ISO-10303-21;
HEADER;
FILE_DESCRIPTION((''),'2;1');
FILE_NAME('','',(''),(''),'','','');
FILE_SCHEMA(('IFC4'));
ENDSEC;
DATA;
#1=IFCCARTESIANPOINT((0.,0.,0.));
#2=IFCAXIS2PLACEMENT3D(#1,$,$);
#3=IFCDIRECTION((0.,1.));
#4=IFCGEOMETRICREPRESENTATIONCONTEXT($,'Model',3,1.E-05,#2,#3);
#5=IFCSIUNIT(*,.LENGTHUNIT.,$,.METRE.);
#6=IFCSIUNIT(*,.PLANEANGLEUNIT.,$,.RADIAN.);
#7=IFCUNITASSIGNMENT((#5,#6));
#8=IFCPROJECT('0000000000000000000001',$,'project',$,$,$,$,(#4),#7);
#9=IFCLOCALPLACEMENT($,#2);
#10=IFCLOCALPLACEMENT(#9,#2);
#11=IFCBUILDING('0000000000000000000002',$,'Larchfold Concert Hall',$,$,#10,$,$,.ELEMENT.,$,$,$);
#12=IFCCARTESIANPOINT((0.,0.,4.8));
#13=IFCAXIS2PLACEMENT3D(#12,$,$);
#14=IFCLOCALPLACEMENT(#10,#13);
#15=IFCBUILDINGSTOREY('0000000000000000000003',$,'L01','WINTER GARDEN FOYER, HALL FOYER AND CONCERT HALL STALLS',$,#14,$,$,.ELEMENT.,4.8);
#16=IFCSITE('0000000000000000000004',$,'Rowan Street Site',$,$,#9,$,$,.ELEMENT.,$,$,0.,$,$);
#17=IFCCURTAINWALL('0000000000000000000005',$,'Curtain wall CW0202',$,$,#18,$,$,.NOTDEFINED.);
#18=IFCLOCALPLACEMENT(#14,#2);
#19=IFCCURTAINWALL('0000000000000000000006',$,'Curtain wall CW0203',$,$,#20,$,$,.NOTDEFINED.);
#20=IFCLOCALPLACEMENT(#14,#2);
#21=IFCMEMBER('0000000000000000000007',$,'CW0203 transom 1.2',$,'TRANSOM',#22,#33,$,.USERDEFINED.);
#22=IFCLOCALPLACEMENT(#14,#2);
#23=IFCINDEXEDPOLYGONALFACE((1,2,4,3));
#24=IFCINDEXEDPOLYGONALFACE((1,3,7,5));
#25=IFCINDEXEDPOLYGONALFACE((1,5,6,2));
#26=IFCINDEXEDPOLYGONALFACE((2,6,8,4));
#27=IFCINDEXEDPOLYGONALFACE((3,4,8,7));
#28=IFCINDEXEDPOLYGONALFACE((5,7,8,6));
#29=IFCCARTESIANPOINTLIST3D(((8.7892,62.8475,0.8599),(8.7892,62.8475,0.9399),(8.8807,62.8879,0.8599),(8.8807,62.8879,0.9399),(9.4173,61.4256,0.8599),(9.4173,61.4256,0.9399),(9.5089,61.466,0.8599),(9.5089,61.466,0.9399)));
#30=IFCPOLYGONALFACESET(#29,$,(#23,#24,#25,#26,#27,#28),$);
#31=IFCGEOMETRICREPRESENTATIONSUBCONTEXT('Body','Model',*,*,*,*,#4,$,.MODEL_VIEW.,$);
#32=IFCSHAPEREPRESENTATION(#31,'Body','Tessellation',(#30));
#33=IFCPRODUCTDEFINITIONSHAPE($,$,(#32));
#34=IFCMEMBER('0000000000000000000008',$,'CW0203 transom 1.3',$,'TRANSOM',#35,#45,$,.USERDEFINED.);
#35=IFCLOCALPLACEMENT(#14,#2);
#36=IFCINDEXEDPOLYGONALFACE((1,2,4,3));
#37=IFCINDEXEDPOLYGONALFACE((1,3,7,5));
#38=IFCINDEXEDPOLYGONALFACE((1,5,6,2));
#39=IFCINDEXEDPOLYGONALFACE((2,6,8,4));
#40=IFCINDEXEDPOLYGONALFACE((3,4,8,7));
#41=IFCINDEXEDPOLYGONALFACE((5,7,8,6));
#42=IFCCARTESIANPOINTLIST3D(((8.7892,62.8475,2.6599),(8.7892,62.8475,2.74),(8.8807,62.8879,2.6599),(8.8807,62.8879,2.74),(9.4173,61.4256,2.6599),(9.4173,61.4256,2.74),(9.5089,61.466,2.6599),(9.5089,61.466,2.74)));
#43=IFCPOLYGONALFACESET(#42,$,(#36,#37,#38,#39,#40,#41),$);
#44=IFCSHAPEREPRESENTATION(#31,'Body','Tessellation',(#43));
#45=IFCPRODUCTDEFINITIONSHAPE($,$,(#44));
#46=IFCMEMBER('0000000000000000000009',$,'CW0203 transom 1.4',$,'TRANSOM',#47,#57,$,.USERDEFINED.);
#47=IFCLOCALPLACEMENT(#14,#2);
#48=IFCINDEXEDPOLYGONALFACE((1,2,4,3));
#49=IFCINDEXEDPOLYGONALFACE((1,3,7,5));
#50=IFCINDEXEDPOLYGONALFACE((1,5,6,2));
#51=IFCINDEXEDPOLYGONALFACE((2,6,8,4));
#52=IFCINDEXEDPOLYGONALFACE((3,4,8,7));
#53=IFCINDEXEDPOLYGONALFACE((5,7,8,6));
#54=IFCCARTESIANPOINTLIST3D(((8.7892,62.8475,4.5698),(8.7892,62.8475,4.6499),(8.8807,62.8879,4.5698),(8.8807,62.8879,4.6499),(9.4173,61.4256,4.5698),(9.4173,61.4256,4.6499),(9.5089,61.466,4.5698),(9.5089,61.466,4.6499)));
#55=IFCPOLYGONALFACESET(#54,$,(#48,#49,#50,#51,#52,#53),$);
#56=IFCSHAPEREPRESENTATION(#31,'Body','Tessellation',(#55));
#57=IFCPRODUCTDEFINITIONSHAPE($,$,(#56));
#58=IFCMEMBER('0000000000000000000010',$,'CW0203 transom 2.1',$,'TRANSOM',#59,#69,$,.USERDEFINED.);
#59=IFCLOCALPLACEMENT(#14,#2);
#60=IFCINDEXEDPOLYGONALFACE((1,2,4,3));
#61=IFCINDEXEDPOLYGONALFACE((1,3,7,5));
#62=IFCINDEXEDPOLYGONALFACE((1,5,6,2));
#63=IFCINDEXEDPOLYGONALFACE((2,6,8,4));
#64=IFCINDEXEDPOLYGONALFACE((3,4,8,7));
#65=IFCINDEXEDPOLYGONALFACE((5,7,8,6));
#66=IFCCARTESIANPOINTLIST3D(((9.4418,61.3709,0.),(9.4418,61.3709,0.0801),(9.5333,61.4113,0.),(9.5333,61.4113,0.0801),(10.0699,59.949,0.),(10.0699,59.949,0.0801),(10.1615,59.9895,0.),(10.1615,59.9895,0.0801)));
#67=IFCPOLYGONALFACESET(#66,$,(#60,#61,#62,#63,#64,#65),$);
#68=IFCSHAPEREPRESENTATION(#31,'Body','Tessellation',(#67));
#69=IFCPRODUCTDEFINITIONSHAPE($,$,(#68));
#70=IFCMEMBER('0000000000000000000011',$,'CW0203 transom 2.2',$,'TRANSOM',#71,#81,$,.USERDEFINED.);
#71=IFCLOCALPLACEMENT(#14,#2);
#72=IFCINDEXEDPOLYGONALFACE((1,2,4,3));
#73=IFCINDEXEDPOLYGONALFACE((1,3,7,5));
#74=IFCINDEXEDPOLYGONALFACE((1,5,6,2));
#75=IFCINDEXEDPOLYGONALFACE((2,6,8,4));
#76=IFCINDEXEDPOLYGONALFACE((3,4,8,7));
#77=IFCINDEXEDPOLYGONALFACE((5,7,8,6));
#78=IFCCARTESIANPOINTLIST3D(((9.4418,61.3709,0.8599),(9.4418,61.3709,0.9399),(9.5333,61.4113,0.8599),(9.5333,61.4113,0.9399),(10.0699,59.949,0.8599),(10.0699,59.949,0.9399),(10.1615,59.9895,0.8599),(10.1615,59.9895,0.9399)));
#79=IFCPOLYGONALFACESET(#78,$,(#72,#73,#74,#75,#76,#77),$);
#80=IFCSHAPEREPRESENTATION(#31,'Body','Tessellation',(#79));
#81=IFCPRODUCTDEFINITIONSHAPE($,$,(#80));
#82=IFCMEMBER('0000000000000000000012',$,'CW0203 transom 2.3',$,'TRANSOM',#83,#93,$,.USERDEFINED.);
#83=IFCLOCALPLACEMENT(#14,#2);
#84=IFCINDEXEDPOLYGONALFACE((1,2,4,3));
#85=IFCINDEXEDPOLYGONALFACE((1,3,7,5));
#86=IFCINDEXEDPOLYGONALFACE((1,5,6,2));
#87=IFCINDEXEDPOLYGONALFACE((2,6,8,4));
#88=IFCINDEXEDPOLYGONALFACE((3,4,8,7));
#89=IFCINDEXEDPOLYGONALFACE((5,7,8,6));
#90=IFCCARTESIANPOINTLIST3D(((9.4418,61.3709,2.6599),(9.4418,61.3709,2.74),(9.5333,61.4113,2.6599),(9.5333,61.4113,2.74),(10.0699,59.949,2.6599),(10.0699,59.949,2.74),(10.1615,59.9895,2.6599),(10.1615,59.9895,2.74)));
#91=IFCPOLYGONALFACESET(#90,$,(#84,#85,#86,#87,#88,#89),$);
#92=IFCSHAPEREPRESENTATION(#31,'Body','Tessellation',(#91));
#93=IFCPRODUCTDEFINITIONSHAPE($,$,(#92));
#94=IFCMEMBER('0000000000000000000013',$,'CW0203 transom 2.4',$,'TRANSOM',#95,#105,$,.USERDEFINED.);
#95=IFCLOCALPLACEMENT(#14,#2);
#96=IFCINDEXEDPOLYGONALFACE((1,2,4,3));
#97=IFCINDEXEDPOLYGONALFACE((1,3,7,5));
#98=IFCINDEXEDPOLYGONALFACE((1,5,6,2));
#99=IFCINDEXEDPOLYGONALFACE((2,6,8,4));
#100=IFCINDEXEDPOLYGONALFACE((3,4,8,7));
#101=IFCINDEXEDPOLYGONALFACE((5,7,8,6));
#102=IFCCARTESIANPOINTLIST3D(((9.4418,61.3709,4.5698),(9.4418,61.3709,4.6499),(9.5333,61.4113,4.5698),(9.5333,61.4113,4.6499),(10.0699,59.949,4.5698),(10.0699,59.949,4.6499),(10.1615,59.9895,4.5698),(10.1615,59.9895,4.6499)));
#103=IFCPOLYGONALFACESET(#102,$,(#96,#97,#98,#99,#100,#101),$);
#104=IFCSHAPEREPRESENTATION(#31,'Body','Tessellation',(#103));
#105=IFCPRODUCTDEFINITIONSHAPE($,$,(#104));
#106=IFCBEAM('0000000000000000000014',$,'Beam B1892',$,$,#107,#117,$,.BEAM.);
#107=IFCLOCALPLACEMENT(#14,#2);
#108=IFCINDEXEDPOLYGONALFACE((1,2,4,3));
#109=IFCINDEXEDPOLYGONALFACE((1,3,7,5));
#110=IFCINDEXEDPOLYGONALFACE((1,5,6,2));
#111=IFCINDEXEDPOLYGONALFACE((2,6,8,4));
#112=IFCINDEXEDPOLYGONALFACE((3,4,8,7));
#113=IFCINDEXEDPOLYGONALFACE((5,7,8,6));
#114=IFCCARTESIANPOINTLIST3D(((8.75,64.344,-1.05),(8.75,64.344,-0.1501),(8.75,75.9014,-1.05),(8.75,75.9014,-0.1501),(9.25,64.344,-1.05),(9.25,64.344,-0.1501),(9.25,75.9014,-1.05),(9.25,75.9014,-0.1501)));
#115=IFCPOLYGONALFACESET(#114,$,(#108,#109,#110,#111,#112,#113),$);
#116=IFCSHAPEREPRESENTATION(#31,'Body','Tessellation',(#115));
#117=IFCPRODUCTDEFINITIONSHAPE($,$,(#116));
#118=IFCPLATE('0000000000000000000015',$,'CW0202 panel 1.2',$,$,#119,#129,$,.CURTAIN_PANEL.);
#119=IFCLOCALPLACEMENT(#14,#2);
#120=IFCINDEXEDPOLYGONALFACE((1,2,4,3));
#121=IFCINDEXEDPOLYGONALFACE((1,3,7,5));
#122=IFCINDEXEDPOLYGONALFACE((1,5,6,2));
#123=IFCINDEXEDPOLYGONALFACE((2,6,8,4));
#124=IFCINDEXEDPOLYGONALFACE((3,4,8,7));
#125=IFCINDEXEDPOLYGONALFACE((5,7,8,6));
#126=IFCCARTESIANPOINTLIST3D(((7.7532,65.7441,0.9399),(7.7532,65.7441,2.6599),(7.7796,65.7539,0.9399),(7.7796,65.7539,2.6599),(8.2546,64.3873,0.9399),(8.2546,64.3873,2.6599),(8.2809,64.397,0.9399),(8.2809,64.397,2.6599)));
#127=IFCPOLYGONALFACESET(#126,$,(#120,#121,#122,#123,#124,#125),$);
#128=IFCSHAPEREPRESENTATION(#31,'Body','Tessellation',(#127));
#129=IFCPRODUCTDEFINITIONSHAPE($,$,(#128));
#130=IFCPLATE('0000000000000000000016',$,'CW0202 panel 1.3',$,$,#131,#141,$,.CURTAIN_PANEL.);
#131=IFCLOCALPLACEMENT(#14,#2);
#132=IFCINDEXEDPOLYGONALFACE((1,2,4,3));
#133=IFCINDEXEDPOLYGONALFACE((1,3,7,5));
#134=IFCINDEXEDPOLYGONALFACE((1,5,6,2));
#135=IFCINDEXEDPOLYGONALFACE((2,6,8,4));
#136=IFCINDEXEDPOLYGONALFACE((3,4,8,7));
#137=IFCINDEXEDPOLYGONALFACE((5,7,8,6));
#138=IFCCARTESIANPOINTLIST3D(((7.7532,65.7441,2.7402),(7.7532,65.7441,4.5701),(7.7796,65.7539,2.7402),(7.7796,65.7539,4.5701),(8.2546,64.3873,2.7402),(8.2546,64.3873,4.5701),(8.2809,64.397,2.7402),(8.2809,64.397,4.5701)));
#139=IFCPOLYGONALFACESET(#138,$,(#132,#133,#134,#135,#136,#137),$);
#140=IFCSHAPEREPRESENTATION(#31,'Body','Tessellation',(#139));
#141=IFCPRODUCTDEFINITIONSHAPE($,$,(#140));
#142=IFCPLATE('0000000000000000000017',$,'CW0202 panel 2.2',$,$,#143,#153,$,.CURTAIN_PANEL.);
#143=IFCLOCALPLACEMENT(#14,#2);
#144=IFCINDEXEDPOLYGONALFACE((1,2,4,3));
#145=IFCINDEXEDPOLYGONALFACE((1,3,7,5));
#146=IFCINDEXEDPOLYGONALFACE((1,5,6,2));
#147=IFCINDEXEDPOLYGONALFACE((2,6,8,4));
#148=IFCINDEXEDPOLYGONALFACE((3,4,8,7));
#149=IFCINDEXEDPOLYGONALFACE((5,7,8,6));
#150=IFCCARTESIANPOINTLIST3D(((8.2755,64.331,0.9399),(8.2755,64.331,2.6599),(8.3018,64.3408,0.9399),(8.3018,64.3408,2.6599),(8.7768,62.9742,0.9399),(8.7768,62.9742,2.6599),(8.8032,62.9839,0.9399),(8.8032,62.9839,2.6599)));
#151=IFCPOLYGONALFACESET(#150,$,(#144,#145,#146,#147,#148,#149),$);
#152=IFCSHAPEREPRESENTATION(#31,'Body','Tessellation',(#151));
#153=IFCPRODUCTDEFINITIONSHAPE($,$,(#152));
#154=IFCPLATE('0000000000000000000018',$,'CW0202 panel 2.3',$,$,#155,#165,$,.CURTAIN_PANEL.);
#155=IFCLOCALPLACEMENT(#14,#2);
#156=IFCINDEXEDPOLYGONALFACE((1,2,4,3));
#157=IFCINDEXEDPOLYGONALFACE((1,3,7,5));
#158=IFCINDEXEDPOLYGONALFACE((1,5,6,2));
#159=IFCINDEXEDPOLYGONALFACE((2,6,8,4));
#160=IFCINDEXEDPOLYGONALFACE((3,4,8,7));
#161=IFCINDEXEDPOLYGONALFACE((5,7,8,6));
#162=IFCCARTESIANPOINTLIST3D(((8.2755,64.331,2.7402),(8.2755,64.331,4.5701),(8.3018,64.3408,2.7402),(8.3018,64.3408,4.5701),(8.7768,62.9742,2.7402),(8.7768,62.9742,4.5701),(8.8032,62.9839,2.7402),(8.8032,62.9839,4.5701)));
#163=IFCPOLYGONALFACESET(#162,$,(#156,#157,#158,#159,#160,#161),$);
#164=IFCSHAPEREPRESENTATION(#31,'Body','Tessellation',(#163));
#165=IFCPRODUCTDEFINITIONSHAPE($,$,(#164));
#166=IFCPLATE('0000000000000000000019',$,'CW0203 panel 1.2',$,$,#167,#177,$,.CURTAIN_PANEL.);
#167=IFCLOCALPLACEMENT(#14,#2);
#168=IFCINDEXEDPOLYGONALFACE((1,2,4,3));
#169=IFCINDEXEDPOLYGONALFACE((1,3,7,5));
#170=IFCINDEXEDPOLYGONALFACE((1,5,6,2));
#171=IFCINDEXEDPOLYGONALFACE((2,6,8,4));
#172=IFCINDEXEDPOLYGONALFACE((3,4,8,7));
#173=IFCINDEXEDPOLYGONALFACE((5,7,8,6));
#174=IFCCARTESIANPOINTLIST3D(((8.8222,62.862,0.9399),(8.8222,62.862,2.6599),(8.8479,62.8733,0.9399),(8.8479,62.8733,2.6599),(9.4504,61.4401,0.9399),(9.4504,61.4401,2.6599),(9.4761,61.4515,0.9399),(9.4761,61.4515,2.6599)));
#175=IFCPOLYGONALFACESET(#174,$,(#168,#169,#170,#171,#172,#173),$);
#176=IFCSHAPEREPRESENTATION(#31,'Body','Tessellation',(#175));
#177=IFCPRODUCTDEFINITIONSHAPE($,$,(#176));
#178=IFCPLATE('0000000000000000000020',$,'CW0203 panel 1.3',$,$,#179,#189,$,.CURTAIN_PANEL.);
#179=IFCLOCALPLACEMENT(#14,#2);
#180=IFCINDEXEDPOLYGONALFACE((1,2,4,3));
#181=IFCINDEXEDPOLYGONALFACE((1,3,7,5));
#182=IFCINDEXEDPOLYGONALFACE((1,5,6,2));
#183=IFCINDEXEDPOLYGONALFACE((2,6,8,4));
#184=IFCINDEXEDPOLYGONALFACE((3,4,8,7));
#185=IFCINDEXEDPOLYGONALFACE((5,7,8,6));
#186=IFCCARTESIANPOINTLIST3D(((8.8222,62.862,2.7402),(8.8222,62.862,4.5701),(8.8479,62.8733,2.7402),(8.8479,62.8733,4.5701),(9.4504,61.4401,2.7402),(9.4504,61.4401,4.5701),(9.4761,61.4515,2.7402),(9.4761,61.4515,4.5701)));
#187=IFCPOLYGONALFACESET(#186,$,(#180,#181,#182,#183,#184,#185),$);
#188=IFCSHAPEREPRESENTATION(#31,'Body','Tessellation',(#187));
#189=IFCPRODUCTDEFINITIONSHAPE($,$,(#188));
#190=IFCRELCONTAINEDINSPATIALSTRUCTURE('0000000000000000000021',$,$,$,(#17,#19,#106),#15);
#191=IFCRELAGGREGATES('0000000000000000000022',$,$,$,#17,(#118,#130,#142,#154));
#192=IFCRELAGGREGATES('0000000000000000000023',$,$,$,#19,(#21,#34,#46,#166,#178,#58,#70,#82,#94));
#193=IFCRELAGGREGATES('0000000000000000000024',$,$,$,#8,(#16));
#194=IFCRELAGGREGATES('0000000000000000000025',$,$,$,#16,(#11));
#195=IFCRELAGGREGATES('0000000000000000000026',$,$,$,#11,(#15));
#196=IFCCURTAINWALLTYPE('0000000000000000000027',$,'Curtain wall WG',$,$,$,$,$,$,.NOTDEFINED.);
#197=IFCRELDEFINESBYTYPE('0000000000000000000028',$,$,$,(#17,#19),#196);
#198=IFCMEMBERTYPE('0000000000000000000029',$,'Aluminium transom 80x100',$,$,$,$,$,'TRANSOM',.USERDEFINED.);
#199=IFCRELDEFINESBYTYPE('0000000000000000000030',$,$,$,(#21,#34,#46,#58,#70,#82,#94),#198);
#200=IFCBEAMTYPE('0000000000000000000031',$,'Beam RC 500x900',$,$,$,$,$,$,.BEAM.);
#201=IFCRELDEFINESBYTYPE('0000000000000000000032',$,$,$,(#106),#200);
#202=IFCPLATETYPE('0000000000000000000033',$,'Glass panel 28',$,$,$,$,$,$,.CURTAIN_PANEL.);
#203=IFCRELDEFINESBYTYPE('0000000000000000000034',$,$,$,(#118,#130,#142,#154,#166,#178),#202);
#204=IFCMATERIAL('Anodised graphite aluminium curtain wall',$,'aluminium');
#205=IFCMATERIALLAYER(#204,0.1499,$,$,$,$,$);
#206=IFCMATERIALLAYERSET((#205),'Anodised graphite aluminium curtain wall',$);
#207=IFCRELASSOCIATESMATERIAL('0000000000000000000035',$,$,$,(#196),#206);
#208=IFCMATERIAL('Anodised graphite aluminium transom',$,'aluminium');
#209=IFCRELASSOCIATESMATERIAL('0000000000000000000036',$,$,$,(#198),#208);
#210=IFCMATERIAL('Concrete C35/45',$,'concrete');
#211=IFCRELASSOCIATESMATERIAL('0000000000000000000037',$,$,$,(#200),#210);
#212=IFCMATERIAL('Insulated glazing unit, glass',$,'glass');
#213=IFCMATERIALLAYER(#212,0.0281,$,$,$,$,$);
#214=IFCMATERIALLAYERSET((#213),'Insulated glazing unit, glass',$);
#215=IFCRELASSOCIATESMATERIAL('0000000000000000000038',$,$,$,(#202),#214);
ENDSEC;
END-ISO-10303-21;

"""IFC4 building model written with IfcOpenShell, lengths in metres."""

from ifc_helpers import new_model, si_unit, direction, frame, origin, origin_2d, place, context, subcontext, project, spatial, rectangle, extrude, material, layer, layer_set, material_profile, profile_set, type_object, element, aggregate, save


model = new_model("IFC4")

# Units and contexts
model_context = context("Model", 3, precision=1e-05, world=origin(), true_north=direction((0.0, 1.0)))
body_context = subcontext(model_context, "Body", "Model", "MODEL_VIEW")
ifc_project = project(units=[si_unit("LENGTHUNIT", "METRE"), si_unit("PLANEANGLEUNIT", "RADIAN")], contexts=[model_context])

# Site, building, storey
site_placement = place(None, origin())
site = spatial("IfcSite", under=ifc_project, at=site_placement, Name="Rowan Street Site", CompositionType="ELEMENT", RefElevation=0.0)
building_placement = place(site_placement, origin())
building = spatial("IfcBuilding", under=site, at=building_placement, Name="Larchfold Concert Hall", CompositionType="ELEMENT")
storey_placement = place(building_placement, frame((0.0, 0.0, 4.8)))
storey = spatial("IfcBuildingStorey", under=building, at=storey_placement, Name="L01", Description="WINTER GARDEN FOYER, HALL FOYER AND CONCERT HALL STALLS", CompositionType="ELEMENT", Elevation=4.8)

# Curtain walls
ifc_material_1 = material(Name="Anodised graphite aluminium curtain wall", Category="aluminium")
ifc_layer_1 = layer(ifc_material_1, 0.1499)
ifc_layer_set_1 = layer_set([ifc_layer_1], Name="Anodised graphite aluminium curtain wall")
curtain_wall_type = type_object("IfcCurtainWallType", Name="Curtain wall WG", PredefinedType="NOTDEFINED", material=ifc_layer_set_1)
curtain_wall_1_placement = place(storey_placement, origin())
curtain_wall_1 = element("IfcCurtainWall", 1, at=curtain_wall_1_placement, inside=storey, type_object=curtain_wall_type, Name="Curtain wall CW0202", PredefinedType="NOTDEFINED")
curtain_wall_2_placement = place(storey_placement, origin())
curtain_wall_2 = element("IfcCurtainWall", 2, at=curtain_wall_2_placement, inside=storey, type_object=curtain_wall_type, Name="Curtain wall CW0203", PredefinedType="NOTDEFINED")

# Members
ifc_material_2 = material(Name="Anodised graphite aluminium transom", Category="aluminium")
ifc_material_profile_1 = material_profile(ifc_material_2, rectangle(XDim=0.1001, YDim=0.0801, at=origin_2d()))
ifc_profile_set_1 = profile_set([ifc_material_profile_1], Name="Anodised graphite aluminium transom")
member_type_1 = type_object("IfcMemberType", Name="Aluminium transom 80x100", ElementType="TRANSOM", PredefinedType="USERDEFINED", material=ifc_profile_set_1)
member_1_placement = place(storey_placement, frame((8.835, 62.8677, 0.8999), z_axis=(0.404112, -0.91471, 0.0), x_axis=(0.91471, 0.404112, 0.0)))
member_1 = element("IfcMember", 3, at=member_1_placement, type_object=member_type_1, Name="CW0203 transom 1.2", ObjectType="TRANSOM", PredefinedType="USERDEFINED", context=body_context, shape_type="SweptSolid", body=[
    extrude(rectangle(XDim=0.1001, YDim=0.0801, at=origin_2d()), origin(), (0.0, 0.0, 1.0), 1.5544),
])
member_2_placement = place(storey_placement, frame((8.835, 62.8677, 2.7), z_axis=(0.404112, -0.91471, 0.0), x_axis=(0.91471, 0.404112, 0.0)))
member_2 = element("IfcMember", 4, at=member_2_placement, type_object=member_type_1, Name="CW0203 transom 1.3", ObjectType="TRANSOM", PredefinedType="USERDEFINED", context=body_context, shape_type="SweptSolid", body=[
    extrude(rectangle(XDim=0.1001, YDim=0.0801, at=origin_2d()), origin(), (0.0, 0.0, 1.0), 1.5544),
])
member_3_placement = place(storey_placement, frame((8.835, 62.8677, 4.6099), z_axis=(0.404112, -0.91471, 0.0), x_axis=(0.91471, 0.404112, 0.0)))
member_3 = element("IfcMember", 5, at=member_3_placement, type_object=member_type_1, Name="CW0203 transom 1.4", ObjectType="TRANSOM", PredefinedType="USERDEFINED", context=body_context, shape_type="SweptSolid", body=[
    extrude(rectangle(XDim=0.1001, YDim=0.0801, at=origin_2d()), origin(), (0.0, 0.0, 1.0), 1.5544),
])
member_4_placement = place(storey_placement, frame((9.4875, 61.3911, 0.04), z_axis=(0.404112, -0.91471, 0.0), x_axis=(0.91471, 0.404112, 0.0)))
member_4 = element("IfcMember", 6, at=member_4_placement, type_object=member_type_1, Name="CW0203 transom 2.1", ObjectType="TRANSOM", PredefinedType="USERDEFINED", context=body_context, shape_type="SweptSolid", body=[
    extrude(rectangle(XDim=0.1001, YDim=0.0801, at=origin_2d()), origin(), (0.0, 0.0, 1.0), 1.5544),
])
member_5_placement = place(storey_placement, frame((9.4875, 61.3911, 0.8999), z_axis=(0.404112, -0.91471, 0.0), x_axis=(0.91471, 0.404112, 0.0)))
member_5 = element("IfcMember", 7, at=member_5_placement, type_object=member_type_1, Name="CW0203 transom 2.2", ObjectType="TRANSOM", PredefinedType="USERDEFINED", context=body_context, shape_type="SweptSolid", body=[
    extrude(rectangle(XDim=0.1001, YDim=0.0801, at=origin_2d()), origin(), (0.0, 0.0, 1.0), 1.5544),
])
member_6_placement = place(storey_placement, frame((9.4875, 61.3911, 2.7), z_axis=(0.404112, -0.91471, 0.0), x_axis=(0.91471, 0.404112, 0.0)))
member_6 = element("IfcMember", 8, at=member_6_placement, type_object=member_type_1, Name="CW0203 transom 2.3", ObjectType="TRANSOM", PredefinedType="USERDEFINED", context=body_context, shape_type="SweptSolid", body=[
    extrude(rectangle(XDim=0.1001, YDim=0.0801, at=origin_2d()), origin(), (0.0, 0.0, 1.0), 1.5544),
])
member_7_placement = place(storey_placement, frame((9.4875, 61.3911, 4.6099), z_axis=(0.404112, -0.91471, 0.0), x_axis=(0.91471, 0.404112, 0.0)))
member_7 = element("IfcMember", 9, at=member_7_placement, type_object=member_type_1, Name="CW0203 transom 2.4", ObjectType="TRANSOM", PredefinedType="USERDEFINED", context=body_context, shape_type="SweptSolid", body=[
    extrude(rectangle(XDim=0.1001, YDim=0.0801, at=origin_2d()), origin(), (0.0, 0.0, 1.0), 1.5544),
])

# Beam
ifc_material_3 = material(Name="Concrete C35/45", Category="concrete")
ifc_material_profile_2 = material_profile(ifc_material_3, rectangle(XDim=0.5, YDim=0.8999, at=origin_2d()))
ifc_profile_set_2 = profile_set([ifc_material_profile_2], Name="Concrete C35/45")
beam_type = type_object("IfcBeamType", Name="Beam RC 500x900", PredefinedType="BEAM", material=ifc_profile_set_2)
beam_placement = place(storey_placement, frame((9.0, 64.344, -0.6001), z_axis=(0.0, 1.0, 0.0), x_axis=(-1.0, 0.0, 0.0)))
element("IfcBeam", 10, at=beam_placement, inside=storey, type_object=beam_type, Name="Beam B1892", PredefinedType="BEAM", context=body_context, shape_type="SweptSolid", body=[
    extrude(rectangle(XDim=0.5, YDim=0.8999, at=origin_2d()), origin(), (0.0, 0.0, 1.0), 11.5574),
])

# Plates
ifc_material_4 = material(Name="Insulated glazing unit, glass", Category="glass")
ifc_layer_2 = layer(ifc_material_4, 0.0281)
ifc_layer_set_2 = layer_set([ifc_layer_2], Name="Insulated glazing unit, glass")
plate_type_1 = type_object("IfcPlateType", Name="Glass panel 28", PredefinedType="CURTAIN_PANEL", material=ifc_layer_set_2)
plate_1_placement = place(storey_placement, frame((8.0171, 65.0706, 0.9399), z_axis=(0.0, 0.0, 1.0), x_axis=(0.346592, -0.938016, 0.0)))
plate_1 = element("IfcPlate", 11, at=plate_1_placement, type_object=plate_type_1, Name="CW0202 panel 1.2", PredefinedType="CURTAIN_PANEL", context=body_context, shape_type="SweptSolid", body=[
    extrude(rectangle(XDim=1.4465, YDim=0.0281, at=origin_2d()), origin(), (0.0, 0.0, 1.0), 1.72),
])
plate_2_placement = place(storey_placement, frame((8.0171, 65.0706, 2.7402), z_axis=(0.0, 0.0, 1.0), x_axis=(0.346592, -0.938016, 0.0)))
plate_2 = element("IfcPlate", 12, at=plate_2_placement, type_object=plate_type_1, Name="CW0202 panel 1.3", PredefinedType="CURTAIN_PANEL", context=body_context, shape_type="SweptSolid", body=[
    extrude(rectangle(XDim=1.4465, YDim=0.0281, at=origin_2d()), origin(), (0.0, 0.0, 1.0), 1.8298),
])
plate_3_placement = place(storey_placement, frame((8.5393, 63.6575, 0.9399), z_axis=(0.0, 0.0, 1.0), x_axis=(0.346592, -0.938016, 0.0)))
plate_3 = element("IfcPlate", 13, at=plate_3_placement, type_object=plate_type_1, Name="CW0202 panel 2.2", PredefinedType="CURTAIN_PANEL", context=body_context, shape_type="SweptSolid", body=[
    extrude(rectangle(XDim=1.4465, YDim=0.0281, at=origin_2d()), origin(), (0.0, 0.0, 1.0), 1.72),
])
plate_4_placement = place(storey_placement, frame((8.5393, 63.6575, 2.7402), z_axis=(0.0, 0.0, 1.0), x_axis=(0.346592, -0.938016, 0.0)))
plate_4 = element("IfcPlate", 14, at=plate_4_placement, type_object=plate_type_1, Name="CW0202 panel 2.3", PredefinedType="CURTAIN_PANEL", context=body_context, shape_type="SweptSolid", body=[
    extrude(rectangle(XDim=1.4465, YDim=0.0281, at=origin_2d()), origin(), (0.0, 0.0, 1.0), 1.8298),
])
plate_5_placement = place(storey_placement, frame((9.1492, 62.1567, 0.9399), z_axis=(0.0, 0.0, 1.0), x_axis=(0.404126, -0.914703, 0.0)))
plate_5 = element("IfcPlate", 15, at=plate_5_placement, type_object=plate_type_1, Name="CW0203 panel 1.2", PredefinedType="CURTAIN_PANEL", context=body_context, shape_type="SweptSolid", body=[
    extrude(rectangle(XDim=1.5544, YDim=0.0281, at=origin_2d()), origin(), (0.0, 0.0, 1.0), 1.72),
])
plate_6_placement = place(storey_placement, frame((9.1492, 62.1567, 2.7402), z_axis=(0.0, 0.0, 1.0), x_axis=(0.404126, -0.914703, 0.0)))
plate_6 = element("IfcPlate", 16, at=plate_6_placement, type_object=plate_type_1, Name="CW0203 panel 1.3", PredefinedType="CURTAIN_PANEL", context=body_context, shape_type="SweptSolid", body=[
    extrude(rectangle(XDim=1.5544, YDim=0.0281, at=origin_2d()), origin(), (0.0, 0.0, 1.0), 1.8298),
])
aggregate(curtain_wall_1, [plate_1, plate_2, plate_3, plate_4])
aggregate(curtain_wall_2, [member_1, member_2, member_3, plate_5, plate_6, member_4, member_5, member_6, member_7])

save(model, "model.ifc")
